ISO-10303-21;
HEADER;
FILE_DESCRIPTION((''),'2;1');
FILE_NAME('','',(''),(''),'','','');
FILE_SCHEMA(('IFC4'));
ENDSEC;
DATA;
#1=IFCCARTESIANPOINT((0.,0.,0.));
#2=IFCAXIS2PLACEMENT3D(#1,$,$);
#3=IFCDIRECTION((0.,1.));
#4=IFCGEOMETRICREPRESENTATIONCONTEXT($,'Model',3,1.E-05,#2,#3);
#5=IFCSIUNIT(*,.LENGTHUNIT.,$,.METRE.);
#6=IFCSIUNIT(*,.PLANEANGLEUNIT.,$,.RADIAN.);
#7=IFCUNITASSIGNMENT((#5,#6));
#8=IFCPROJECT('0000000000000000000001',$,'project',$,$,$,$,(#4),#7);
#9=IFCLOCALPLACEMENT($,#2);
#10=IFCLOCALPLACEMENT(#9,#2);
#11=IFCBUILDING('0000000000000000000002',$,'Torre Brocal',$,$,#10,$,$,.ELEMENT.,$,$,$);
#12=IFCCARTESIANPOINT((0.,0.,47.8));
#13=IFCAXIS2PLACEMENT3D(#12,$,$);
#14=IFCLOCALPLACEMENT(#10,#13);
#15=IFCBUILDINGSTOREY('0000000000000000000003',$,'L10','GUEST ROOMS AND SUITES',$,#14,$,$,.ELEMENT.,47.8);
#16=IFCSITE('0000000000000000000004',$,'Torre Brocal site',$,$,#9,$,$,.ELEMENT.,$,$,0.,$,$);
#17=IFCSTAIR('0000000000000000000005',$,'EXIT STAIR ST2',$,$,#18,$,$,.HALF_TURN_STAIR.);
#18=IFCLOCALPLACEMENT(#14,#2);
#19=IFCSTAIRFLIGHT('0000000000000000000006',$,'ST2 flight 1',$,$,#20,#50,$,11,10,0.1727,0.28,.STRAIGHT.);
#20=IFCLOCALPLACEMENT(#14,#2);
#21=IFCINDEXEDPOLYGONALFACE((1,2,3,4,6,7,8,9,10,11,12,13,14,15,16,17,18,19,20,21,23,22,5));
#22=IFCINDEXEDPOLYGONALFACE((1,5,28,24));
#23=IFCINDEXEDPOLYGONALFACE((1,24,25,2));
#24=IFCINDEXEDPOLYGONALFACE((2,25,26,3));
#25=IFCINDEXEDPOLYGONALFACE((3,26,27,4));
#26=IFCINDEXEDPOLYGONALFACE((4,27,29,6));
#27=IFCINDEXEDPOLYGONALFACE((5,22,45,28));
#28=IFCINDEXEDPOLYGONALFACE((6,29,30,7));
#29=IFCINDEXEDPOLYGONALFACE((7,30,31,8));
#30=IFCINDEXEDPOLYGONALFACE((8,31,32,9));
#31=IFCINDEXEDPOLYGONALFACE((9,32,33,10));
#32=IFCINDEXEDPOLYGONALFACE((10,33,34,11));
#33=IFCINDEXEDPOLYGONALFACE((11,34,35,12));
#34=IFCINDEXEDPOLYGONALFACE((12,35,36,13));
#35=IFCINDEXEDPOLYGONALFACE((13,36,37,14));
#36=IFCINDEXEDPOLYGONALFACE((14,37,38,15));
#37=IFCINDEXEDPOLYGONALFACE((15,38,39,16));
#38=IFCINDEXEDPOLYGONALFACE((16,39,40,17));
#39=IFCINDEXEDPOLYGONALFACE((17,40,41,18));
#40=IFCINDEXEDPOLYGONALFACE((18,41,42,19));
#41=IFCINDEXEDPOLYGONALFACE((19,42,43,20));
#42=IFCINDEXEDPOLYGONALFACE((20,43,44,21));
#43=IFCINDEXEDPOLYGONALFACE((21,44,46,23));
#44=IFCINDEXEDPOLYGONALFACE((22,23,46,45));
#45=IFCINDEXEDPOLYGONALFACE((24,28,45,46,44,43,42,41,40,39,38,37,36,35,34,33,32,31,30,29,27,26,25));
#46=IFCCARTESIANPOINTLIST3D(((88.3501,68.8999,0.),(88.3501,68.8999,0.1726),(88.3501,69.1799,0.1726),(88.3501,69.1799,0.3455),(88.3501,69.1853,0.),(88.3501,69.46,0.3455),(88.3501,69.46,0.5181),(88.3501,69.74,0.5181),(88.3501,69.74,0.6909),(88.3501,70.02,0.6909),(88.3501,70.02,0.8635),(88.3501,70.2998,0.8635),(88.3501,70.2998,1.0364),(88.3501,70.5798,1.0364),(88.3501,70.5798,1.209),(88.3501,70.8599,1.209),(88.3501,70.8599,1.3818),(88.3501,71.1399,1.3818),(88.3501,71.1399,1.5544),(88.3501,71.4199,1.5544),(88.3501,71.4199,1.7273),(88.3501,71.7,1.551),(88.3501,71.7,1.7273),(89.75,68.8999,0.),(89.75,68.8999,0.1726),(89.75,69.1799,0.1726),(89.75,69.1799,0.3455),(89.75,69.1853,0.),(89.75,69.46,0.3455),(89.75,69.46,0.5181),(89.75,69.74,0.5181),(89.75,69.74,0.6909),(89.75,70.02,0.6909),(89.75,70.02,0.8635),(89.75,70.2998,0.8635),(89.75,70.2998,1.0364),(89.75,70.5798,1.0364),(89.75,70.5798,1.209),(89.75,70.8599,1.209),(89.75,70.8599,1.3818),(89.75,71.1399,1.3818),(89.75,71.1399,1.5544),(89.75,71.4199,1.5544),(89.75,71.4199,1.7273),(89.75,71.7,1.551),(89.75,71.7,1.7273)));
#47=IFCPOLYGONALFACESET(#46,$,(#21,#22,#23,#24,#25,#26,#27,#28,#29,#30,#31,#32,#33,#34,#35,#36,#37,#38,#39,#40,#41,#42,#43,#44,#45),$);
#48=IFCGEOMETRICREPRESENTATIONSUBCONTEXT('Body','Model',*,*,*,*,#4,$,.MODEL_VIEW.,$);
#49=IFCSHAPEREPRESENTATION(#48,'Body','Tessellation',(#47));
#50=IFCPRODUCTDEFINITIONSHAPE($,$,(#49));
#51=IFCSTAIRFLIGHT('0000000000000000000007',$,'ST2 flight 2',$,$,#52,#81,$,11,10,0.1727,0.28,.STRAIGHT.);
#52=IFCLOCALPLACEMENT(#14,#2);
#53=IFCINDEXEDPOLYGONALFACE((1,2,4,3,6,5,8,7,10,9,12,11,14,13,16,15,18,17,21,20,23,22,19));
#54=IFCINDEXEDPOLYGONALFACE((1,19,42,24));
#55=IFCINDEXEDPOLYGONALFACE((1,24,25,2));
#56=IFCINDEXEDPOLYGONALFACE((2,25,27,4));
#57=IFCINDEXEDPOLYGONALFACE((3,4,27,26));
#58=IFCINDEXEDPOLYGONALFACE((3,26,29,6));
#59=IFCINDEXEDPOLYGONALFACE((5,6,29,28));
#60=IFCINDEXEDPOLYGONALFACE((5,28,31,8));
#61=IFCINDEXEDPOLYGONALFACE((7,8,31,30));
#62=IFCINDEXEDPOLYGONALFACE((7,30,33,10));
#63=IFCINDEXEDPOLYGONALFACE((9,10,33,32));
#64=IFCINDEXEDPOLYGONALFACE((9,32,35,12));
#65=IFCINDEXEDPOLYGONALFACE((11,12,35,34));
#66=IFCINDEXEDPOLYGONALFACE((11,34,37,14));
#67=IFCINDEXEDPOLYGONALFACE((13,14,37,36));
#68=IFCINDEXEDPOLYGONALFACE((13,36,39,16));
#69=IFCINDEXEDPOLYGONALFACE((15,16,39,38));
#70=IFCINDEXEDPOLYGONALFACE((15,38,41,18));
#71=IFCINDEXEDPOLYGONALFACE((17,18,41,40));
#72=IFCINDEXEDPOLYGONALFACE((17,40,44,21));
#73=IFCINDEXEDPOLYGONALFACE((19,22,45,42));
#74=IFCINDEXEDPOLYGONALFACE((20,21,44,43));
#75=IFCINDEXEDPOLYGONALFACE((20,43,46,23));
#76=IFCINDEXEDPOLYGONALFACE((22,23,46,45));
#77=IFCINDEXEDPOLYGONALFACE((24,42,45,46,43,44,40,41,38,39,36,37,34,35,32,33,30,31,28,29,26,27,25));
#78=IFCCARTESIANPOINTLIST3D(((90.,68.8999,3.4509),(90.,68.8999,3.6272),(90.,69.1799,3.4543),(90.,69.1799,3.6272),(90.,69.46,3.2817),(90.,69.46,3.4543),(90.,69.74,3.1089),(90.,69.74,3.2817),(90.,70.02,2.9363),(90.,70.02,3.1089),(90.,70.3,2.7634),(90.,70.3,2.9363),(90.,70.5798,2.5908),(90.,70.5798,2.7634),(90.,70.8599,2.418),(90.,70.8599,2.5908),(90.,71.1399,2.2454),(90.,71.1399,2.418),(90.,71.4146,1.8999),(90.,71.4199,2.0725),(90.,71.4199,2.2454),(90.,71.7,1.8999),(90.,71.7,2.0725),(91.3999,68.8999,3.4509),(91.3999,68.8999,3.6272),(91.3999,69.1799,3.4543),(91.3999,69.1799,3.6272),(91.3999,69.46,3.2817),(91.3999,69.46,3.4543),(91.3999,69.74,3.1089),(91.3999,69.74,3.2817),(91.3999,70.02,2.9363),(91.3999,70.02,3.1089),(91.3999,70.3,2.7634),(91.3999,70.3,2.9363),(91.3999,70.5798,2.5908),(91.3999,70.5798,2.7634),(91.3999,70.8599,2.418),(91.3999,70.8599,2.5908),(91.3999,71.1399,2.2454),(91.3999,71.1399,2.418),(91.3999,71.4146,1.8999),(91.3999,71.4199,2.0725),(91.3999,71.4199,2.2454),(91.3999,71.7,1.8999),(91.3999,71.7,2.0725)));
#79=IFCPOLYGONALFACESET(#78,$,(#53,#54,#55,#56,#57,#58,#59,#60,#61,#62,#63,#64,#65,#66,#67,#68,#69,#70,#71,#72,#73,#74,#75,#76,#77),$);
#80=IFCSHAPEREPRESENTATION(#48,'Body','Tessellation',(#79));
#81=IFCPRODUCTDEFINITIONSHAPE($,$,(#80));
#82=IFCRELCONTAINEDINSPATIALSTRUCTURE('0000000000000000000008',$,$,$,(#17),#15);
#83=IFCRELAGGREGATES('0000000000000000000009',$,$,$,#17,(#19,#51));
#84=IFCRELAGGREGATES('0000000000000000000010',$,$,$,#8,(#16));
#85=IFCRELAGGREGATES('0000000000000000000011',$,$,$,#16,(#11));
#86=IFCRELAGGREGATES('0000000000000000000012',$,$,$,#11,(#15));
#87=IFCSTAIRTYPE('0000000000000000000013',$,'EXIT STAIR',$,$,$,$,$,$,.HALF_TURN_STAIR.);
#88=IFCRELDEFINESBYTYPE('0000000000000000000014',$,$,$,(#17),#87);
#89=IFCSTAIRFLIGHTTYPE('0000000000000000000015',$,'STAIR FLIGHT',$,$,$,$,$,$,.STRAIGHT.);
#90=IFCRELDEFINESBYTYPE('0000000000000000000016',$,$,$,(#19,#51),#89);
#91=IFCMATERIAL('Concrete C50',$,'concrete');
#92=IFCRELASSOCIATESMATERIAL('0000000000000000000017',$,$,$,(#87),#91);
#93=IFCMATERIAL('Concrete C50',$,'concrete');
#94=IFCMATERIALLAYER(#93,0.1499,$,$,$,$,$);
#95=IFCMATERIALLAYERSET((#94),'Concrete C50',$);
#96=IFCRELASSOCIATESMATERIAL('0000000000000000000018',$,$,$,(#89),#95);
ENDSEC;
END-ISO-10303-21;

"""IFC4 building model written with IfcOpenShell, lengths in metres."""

from ifc_helpers import new_model, si_unit, direction, frame, origin, place, context, subcontext, project, spatial, polyline, outline, extrude, material, layer, layer_set, type_object, element, aggregate, save


model = new_model("IFC4")

# Units and contexts
model_context = context("Model", 3, precision=1e-05, world=origin(), true_north=direction((0.0, 1.0)))
body_context = subcontext(model_context, "Body", "Model", "MODEL_VIEW")
ifc_project = project(units=[si_unit("LENGTHUNIT", "METRE"), si_unit("PLANEANGLEUNIT", "RADIAN")], contexts=[model_context])

# Site, building, storey
site_placement = place(None, origin())
site = spatial("IfcSite", under=ifc_project, at=site_placement, Name="Torre Brocal site", CompositionType="ELEMENT", RefElevation=0.0)
building_placement = place(site_placement, origin())
building = spatial("IfcBuilding", under=site, at=building_placement, Name="Torre Brocal", CompositionType="ELEMENT")
storey_placement = place(building_placement, frame((0.0, 0.0, 47.8)))
storey = spatial("IfcBuildingStorey", under=building, at=storey_placement, Name="L10", Description="GUEST ROOMS AND SUITES", CompositionType="ELEMENT", Elevation=47.8)

# Stair, stair flights
ifc_material_1 = material(Name="Concrete C50", Category="concrete")
stair_type = type_object("IfcStairType", Name="EXIT STAIR", PredefinedType="HALF_TURN_STAIR", material=ifc_material_1)
stair_placement = place(storey_placement, origin())
stair = element("IfcStair", 1, at=stair_placement, inside=storey, type_object=stair_type, Name="EXIT STAIR ST2", PredefinedType="HALF_TURN_STAIR")
ifc_material_2 = material(Name="Concrete C50", Category="concrete")
ifc_layer_1 = layer(ifc_material_2, 0.1499)
ifc_layer_set_1 = layer_set([ifc_layer_1], Name="Concrete C50")
stair_flight_type = type_object("IfcStairFlightType", Name="STAIR FLIGHT", PredefinedType="STRAIGHT", material=ifc_layer_set_1)
stair_flight_1_placement = place(storey_placement, frame((89.05, 68.8999, 0.0), z_axis=(0.0, 0.0, 1.0), x_axis=(0.0, 1.0, 0.0)))
stair_flight_1 = element("IfcStairFlight", 2, at=stair_flight_1_placement, type_object=stair_flight_type, Name="ST2 flight 1", NumberOfRisers=11, NumberOfTreads=10, PredefinedType="STRAIGHT", RiserHeight=0.1727, TreadLength=0.28, context=body_context, shape_type="SweptSolid", body=[
    extrude(outline(polyline([(0.0, 0.0), (0.0, 0.1726), (0.28, 0.1726), (0.28, 0.3455), (0.5601, 0.3455), (0.5601, 0.5181), (0.8401, 0.5181), (0.8401, 0.6909), (1.1201, 0.6909), (1.1201, 0.8635), (1.3999, 0.8635), (1.3999, 1.0364), (1.6799, 1.0364), (1.6799, 1.209), (1.96, 1.209), (1.96, 1.3818), (2.24, 1.3818), (2.24, 1.5544), (2.52, 1.5544), (2.52, 1.7273), (2.8, 1.7273), (2.8, 1.8999), (2.8, 1.551), (0.2854, 0.0), (0.0, 0.0)])), frame((0.0, 0.7, 0.0), z_axis=(0.0, -1.0, 0.0), x_axis=(1.0, 0.0, 0.0)), (0.0, 0.0, 1.0), 1.3999),
])
stair_flight_2_placement = place(storey_placement, frame((90.7, 71.7, 1.8999), z_axis=(0.0, 0.0, 1.0), x_axis=(0.0, -1.0, 0.0)))
stair_flight_2 = element("IfcStairFlight", 3, at=stair_flight_2_placement, type_object=stair_flight_type, Name="ST2 flight 2", NumberOfRisers=11, NumberOfTreads=10, PredefinedType="STRAIGHT", RiserHeight=0.1727, TreadLength=0.28, context=body_context, shape_type="SweptSolid", body=[
    extrude(outline(polyline([(0.0, 0.0), (0.0, 0.1726), (0.28, 0.1726), (0.28, 0.3455), (0.5601, 0.3455), (0.5601, 0.5181), (0.8401, 0.5181), (0.8401, 0.6909), (1.1201, 0.6909), (1.1201, 0.8635), (1.3999, 0.8635), (1.3999, 1.0364), (1.6799, 1.0364), (1.6799, 1.209), (1.96, 1.209), (1.96, 1.3818), (2.24, 1.3818), (2.24, 1.5544), (2.52, 1.5544), (2.52, 1.7273), (2.8, 1.7273), (2.8, 1.8999), (2.8, 1.551), (0.2854, 0.0), (0.0, 0.0)])), frame((0.0, 0.7, 0.0), z_axis=(0.0, -1.0, 0.0), x_axis=(1.0, 0.0, 0.0)), (0.0, 0.0, 1.0), 1.3999),
])
aggregate(stair, [stair_flight_1, stair_flight_2])

save(model, "model.ifc")
